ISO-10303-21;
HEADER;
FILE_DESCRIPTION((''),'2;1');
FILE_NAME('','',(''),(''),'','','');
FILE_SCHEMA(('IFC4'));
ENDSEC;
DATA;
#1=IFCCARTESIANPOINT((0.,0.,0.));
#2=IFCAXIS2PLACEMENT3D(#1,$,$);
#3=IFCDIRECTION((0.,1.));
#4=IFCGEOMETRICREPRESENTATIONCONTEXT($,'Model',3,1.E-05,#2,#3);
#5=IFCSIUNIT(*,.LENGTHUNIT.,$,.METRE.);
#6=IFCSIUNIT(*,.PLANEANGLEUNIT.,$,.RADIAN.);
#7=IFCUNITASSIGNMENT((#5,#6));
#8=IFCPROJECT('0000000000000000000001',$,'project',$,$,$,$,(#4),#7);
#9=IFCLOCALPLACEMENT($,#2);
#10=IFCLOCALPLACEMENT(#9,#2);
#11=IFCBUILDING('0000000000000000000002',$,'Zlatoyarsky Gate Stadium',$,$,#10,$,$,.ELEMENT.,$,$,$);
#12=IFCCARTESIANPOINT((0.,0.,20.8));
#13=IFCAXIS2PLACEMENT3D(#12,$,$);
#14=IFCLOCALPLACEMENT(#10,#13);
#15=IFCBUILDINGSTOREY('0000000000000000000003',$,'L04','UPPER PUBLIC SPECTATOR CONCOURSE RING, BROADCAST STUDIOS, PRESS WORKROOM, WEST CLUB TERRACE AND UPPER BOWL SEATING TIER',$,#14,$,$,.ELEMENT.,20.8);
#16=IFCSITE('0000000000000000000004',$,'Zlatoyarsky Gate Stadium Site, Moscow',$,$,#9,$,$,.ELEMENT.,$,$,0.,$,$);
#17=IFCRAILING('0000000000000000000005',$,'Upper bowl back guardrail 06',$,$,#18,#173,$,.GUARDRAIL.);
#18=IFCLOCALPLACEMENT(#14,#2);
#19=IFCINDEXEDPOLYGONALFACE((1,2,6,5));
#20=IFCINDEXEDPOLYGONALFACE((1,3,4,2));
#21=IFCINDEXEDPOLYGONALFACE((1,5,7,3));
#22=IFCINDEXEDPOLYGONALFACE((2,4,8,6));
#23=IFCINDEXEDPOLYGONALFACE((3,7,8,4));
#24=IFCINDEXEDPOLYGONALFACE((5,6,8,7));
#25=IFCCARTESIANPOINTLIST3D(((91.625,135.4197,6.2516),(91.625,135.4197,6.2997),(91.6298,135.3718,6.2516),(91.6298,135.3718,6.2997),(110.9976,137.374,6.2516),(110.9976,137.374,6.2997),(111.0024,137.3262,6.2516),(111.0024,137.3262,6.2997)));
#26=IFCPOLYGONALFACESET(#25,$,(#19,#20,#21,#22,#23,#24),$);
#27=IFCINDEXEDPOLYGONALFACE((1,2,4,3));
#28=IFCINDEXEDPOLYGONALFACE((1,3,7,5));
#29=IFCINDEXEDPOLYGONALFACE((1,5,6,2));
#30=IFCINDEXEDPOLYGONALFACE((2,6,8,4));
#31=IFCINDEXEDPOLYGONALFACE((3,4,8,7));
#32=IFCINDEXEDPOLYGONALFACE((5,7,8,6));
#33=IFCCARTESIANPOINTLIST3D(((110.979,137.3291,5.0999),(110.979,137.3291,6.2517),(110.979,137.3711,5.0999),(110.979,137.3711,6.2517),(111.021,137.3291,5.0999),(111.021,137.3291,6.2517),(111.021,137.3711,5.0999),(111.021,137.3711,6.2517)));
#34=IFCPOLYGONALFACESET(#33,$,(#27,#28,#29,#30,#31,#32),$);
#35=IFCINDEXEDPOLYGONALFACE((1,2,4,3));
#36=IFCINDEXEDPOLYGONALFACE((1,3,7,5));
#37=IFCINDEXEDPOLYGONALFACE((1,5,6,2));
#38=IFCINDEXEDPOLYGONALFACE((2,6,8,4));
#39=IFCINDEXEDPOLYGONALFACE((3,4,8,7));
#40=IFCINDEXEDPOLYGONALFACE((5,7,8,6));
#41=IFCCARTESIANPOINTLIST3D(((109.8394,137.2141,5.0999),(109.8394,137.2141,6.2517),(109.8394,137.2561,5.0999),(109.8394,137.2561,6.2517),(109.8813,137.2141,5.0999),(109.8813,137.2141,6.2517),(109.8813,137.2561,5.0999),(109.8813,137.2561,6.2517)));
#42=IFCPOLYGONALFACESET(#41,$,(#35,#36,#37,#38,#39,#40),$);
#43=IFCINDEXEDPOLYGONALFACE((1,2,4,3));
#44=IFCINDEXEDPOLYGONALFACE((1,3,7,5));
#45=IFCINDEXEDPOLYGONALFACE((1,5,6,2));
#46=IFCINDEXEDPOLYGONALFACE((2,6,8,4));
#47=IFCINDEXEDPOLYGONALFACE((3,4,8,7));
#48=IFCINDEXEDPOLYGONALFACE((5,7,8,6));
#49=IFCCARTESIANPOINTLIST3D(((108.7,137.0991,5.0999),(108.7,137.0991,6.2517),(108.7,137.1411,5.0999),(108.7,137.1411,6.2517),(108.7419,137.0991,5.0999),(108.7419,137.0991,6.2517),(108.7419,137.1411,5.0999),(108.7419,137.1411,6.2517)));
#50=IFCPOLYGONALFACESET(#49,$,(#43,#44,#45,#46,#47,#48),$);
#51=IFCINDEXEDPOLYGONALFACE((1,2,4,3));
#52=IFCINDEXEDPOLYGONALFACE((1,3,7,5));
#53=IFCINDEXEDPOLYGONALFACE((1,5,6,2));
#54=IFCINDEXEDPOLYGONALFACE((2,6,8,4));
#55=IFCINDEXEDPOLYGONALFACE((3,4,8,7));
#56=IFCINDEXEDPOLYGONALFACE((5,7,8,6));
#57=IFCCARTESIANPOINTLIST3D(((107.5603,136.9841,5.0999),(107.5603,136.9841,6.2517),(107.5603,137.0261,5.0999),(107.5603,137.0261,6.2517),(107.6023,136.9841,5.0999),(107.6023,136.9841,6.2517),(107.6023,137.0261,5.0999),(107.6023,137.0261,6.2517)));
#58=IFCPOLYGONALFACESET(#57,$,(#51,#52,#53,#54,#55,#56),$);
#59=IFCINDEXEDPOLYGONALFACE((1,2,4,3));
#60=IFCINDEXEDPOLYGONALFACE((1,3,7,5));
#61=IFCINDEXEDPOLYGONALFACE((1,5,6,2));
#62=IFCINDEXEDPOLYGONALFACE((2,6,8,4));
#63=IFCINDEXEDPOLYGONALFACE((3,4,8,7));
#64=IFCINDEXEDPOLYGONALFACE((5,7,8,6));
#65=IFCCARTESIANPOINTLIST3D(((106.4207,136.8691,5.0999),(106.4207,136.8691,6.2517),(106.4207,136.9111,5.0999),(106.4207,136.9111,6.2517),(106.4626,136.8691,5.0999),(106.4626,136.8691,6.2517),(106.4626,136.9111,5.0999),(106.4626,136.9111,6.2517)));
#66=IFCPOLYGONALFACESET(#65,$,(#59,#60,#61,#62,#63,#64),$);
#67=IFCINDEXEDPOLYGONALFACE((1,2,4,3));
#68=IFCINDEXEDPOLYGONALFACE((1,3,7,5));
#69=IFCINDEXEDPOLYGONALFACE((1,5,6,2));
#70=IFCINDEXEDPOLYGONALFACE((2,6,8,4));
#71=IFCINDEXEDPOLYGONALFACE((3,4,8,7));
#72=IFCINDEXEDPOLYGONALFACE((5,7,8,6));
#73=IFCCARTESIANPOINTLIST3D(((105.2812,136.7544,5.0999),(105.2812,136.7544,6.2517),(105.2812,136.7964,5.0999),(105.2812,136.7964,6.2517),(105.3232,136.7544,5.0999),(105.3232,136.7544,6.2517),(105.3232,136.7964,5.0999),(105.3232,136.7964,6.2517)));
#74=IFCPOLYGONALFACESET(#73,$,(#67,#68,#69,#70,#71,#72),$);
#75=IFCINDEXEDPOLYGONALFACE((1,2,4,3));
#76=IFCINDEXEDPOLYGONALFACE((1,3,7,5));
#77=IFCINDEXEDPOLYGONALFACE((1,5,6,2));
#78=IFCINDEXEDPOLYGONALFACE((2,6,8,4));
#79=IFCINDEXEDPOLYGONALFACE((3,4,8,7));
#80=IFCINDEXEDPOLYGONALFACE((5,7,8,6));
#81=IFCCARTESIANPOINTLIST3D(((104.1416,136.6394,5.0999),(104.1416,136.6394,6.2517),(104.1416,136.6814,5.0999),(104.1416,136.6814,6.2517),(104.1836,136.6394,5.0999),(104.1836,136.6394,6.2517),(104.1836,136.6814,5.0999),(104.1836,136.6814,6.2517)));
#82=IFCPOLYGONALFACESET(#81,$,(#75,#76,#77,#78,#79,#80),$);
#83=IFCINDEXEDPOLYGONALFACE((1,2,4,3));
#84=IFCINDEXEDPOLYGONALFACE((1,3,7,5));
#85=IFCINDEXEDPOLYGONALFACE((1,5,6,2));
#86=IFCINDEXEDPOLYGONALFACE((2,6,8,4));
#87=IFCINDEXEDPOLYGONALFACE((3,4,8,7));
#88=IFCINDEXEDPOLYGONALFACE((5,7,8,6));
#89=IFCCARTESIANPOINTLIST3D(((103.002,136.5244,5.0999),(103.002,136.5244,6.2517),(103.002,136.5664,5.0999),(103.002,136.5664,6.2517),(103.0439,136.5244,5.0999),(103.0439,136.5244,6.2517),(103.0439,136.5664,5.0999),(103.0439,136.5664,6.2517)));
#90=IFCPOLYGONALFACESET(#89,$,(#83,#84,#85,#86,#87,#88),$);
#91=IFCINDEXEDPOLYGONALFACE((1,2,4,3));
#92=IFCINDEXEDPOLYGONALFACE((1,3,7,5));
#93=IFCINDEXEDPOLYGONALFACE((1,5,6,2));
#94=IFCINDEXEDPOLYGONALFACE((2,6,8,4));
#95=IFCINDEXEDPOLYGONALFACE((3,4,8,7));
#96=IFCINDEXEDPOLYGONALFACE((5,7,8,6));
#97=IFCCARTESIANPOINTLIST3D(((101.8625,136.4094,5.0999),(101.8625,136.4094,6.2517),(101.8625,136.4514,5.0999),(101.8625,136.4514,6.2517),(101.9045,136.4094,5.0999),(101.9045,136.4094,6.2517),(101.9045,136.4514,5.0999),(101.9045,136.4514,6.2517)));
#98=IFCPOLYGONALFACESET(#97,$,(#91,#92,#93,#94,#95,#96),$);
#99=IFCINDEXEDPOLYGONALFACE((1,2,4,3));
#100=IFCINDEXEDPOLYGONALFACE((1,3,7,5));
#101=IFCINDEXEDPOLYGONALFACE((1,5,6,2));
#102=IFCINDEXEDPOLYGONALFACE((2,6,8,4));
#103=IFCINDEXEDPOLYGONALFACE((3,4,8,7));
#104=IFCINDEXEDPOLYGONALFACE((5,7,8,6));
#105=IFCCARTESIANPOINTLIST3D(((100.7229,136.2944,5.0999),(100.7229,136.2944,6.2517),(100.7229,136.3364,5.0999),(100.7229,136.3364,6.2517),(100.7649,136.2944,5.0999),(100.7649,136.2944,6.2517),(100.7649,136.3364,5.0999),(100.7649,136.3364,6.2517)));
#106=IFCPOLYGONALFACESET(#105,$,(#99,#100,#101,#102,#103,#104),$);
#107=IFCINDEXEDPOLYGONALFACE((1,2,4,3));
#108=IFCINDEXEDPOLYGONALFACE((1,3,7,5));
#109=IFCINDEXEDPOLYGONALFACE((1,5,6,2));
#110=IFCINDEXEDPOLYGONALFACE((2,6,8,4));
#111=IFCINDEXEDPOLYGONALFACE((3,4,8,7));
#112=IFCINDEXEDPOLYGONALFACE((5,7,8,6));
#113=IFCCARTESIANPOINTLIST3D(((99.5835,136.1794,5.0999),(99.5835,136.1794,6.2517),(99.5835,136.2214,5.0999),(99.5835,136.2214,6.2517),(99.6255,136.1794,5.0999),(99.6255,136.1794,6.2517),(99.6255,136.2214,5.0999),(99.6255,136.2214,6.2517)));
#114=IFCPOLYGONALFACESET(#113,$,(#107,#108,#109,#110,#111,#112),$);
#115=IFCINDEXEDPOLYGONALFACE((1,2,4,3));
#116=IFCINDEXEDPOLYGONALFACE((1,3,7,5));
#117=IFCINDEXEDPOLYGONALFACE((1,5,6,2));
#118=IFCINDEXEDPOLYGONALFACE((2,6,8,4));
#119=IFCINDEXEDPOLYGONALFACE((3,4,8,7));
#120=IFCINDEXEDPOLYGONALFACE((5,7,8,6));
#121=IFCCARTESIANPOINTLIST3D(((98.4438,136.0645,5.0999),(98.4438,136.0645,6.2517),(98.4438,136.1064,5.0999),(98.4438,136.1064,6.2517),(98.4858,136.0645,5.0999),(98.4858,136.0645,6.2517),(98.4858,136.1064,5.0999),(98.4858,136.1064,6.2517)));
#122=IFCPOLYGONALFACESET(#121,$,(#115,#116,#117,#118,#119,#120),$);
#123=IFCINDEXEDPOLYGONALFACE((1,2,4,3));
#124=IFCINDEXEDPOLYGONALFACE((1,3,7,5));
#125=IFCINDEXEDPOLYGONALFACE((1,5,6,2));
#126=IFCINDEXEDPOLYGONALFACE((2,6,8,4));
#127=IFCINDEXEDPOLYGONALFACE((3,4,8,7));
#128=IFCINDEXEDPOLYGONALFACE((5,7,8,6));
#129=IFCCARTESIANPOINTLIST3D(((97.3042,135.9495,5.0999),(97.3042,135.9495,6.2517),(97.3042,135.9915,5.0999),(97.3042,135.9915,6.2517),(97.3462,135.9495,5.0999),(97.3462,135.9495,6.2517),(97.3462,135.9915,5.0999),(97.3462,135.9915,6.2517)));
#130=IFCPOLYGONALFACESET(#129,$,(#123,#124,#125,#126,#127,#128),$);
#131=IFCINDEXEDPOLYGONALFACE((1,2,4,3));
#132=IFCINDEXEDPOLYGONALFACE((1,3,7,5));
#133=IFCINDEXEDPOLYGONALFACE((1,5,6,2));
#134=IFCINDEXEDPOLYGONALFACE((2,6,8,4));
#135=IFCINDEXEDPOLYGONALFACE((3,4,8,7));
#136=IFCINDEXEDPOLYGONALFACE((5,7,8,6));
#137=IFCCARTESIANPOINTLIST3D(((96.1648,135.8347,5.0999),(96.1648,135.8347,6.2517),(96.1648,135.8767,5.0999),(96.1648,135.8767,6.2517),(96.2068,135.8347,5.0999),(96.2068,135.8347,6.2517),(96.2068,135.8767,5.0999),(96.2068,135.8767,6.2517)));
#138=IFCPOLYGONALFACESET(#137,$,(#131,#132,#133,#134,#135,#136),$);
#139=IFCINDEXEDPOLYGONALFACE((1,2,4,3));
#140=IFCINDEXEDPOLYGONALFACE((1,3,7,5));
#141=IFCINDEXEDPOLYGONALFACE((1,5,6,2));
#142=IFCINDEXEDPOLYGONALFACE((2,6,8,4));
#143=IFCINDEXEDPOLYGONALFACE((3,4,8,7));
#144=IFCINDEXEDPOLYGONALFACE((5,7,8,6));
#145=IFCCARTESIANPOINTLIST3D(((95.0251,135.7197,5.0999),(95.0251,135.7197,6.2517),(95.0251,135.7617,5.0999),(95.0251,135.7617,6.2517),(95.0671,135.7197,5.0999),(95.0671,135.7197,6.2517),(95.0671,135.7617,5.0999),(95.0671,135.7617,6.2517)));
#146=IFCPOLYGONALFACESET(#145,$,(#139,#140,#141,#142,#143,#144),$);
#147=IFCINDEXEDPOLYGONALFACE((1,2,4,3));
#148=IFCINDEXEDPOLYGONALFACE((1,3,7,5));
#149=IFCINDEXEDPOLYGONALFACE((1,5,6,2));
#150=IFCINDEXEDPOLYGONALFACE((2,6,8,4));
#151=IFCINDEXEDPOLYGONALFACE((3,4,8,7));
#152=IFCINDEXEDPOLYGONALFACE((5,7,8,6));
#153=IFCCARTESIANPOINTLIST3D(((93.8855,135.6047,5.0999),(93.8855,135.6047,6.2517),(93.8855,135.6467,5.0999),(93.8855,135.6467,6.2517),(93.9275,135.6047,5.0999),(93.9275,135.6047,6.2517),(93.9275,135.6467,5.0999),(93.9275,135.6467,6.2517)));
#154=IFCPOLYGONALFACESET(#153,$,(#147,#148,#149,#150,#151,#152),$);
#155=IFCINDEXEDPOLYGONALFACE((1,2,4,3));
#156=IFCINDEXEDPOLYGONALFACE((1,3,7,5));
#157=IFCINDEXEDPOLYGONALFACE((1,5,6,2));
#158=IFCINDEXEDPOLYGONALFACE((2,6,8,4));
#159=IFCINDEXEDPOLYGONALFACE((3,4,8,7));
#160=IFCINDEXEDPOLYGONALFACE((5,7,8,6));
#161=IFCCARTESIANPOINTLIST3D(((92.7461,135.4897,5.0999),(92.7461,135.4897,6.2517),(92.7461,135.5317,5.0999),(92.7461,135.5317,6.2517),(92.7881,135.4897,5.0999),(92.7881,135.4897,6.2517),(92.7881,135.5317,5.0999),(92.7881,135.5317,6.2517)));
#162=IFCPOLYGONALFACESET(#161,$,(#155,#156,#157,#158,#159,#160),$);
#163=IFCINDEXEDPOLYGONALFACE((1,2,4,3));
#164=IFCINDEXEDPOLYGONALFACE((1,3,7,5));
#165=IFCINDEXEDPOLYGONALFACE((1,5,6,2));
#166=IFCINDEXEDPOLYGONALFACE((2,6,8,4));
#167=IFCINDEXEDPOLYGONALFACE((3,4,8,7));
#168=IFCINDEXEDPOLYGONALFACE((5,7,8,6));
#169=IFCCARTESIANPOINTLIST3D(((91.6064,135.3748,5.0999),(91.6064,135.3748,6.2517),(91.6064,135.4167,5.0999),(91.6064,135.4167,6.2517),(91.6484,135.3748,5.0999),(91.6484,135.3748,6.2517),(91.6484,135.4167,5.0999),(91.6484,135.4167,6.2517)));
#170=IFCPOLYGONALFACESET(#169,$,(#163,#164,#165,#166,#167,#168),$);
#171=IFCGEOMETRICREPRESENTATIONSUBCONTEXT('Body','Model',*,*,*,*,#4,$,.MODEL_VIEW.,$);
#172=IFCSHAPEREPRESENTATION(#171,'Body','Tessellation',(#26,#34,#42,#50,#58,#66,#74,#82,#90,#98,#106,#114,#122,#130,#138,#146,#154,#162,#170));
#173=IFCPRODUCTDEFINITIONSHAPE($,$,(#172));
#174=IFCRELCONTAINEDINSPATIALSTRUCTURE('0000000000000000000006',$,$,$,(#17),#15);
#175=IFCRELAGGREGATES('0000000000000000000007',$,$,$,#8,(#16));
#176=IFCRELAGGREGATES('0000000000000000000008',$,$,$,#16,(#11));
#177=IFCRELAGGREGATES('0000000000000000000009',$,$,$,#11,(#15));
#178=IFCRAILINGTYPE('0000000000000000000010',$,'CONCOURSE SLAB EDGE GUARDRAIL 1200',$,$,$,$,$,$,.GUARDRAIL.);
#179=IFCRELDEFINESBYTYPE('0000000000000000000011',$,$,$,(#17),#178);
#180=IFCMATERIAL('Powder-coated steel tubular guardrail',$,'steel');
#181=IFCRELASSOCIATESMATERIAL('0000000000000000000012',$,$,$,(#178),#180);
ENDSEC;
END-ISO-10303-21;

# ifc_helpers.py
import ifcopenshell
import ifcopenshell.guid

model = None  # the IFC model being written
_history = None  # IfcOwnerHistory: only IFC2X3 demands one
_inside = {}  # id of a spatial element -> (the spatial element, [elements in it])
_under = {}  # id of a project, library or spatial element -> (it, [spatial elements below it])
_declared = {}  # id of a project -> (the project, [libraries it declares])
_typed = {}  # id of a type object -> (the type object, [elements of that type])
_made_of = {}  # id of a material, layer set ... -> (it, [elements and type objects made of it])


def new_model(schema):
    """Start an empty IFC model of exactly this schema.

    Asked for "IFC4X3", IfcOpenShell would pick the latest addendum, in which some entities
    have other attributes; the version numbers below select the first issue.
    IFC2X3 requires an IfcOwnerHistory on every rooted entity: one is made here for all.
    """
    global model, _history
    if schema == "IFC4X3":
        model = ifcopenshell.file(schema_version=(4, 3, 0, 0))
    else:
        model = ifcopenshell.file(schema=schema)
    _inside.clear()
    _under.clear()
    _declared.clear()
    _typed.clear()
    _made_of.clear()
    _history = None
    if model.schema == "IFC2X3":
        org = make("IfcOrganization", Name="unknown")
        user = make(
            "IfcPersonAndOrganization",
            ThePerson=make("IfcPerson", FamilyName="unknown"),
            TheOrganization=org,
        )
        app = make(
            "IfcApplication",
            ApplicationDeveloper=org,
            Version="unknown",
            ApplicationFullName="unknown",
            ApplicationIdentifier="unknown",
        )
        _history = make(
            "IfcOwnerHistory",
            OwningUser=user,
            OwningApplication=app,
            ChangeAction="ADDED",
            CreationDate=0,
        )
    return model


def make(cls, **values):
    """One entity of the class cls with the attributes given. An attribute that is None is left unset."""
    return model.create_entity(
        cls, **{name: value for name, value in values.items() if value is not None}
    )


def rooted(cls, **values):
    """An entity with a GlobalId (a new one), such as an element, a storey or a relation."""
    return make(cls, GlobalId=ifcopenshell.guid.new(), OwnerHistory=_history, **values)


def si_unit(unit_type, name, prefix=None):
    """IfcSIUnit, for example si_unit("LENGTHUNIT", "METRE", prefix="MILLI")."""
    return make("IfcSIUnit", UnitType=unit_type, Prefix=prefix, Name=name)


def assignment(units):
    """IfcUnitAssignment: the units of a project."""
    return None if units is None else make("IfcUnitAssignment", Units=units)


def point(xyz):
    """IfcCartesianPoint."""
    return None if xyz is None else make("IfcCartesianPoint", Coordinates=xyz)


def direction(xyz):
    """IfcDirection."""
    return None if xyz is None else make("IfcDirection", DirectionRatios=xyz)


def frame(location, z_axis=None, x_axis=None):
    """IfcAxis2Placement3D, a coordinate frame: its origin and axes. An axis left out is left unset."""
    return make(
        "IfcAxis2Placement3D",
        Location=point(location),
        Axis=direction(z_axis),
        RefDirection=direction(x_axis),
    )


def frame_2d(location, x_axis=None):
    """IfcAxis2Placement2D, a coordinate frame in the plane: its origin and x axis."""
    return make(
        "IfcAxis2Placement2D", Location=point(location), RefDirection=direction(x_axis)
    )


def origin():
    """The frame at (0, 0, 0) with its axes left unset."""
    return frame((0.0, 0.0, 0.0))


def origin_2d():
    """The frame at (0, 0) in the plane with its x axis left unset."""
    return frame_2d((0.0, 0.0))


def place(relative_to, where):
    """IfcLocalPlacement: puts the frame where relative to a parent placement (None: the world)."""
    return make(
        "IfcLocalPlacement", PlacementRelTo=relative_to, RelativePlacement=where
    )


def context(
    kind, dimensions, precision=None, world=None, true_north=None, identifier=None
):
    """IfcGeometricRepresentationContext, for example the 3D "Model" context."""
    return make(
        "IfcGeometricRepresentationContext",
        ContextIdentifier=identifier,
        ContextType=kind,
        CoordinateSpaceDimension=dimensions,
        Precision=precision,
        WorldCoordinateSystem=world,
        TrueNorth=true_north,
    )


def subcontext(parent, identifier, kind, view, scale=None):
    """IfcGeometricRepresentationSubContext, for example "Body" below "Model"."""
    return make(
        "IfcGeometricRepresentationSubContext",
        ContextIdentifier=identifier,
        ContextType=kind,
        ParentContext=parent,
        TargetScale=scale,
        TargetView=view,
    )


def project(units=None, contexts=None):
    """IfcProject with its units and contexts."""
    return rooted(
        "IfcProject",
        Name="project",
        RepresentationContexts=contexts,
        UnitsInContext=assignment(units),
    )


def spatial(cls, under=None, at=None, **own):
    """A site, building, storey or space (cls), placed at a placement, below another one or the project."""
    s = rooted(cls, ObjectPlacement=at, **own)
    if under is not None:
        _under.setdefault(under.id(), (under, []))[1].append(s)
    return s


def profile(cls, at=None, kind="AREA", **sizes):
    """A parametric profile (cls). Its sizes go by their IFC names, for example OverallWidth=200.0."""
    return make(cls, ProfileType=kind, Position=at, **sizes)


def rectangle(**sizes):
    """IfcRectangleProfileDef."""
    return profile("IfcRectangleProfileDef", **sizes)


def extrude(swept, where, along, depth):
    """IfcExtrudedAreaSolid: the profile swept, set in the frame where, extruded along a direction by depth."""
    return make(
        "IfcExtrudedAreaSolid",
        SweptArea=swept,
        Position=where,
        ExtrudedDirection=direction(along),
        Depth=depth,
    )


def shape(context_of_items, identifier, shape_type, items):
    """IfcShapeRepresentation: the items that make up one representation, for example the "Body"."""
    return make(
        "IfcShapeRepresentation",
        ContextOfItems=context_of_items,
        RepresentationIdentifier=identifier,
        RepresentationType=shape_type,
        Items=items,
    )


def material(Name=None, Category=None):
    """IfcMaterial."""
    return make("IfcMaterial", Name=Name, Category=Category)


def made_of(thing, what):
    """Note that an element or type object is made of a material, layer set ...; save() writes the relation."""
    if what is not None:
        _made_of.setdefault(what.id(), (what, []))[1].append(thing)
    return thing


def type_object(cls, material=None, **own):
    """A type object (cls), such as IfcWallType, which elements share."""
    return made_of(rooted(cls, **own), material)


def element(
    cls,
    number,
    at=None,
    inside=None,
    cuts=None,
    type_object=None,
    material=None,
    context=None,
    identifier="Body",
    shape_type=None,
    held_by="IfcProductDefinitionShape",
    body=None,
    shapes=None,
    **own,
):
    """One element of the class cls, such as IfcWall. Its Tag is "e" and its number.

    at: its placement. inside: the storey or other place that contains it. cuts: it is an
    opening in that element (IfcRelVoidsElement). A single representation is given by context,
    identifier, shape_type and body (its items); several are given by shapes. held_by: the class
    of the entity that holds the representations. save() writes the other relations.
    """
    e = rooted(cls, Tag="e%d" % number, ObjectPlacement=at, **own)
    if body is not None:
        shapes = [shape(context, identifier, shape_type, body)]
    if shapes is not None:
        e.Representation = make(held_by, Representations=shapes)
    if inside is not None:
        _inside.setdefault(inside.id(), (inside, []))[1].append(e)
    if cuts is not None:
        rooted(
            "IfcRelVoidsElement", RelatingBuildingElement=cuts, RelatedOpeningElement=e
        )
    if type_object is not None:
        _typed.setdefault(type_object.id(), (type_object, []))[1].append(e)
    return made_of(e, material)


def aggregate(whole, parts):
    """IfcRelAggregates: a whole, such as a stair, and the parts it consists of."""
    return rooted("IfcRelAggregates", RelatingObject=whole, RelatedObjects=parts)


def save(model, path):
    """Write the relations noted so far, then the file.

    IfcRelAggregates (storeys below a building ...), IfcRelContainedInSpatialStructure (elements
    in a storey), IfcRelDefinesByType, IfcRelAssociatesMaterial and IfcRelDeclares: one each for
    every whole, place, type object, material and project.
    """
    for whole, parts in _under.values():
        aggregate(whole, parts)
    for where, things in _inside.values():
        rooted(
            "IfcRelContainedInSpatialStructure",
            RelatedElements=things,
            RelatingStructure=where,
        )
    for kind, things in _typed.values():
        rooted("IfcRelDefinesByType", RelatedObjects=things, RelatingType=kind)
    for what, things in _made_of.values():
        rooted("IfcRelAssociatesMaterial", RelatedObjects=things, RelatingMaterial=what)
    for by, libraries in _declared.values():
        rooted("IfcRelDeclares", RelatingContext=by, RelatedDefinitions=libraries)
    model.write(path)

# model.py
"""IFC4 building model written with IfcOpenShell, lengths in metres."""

from ifc_helpers import new_model, si_unit, direction, frame, origin, origin_2d, place, context, subcontext, project, spatial, rectangle, extrude, material, type_object, element, save


model = new_model("IFC4")

# Units and contexts
model_context = context("Model", 3, precision=1e-05, world=origin(), true_north=direction((0.0, 1.0)))
body_context = subcontext(model_context, "Body", "Model", "MODEL_VIEW")
ifc_project = project(units=[si_unit("LENGTHUNIT", "METRE"), si_unit("PLANEANGLEUNIT", "RADIAN")], contexts=[model_context])

# Site, building, storey
site_placement = place(None, origin())
site = spatial("IfcSite", under=ifc_project, at=site_placement, Name="Zlatoyarsky Gate Stadium Site, Moscow", CompositionType="ELEMENT", RefElevation=0.0)
building_placement = place(site_placement, origin())
building = spatial("IfcBuilding", under=site, at=building_placement, Name="Zlatoyarsky Gate Stadium", CompositionType="ELEMENT")
storey_placement = place(building_placement, frame((0.0, 0.0, 20.8)))
storey = spatial("IfcBuildingStorey", under=building, at=storey_placement, Name="L04", Description="UPPER PUBLIC SPECTATOR CONCOURSE RING, BROADCAST STUDIOS, PRESS WORKROOM, WEST CLUB TERRACE AND UPPER BOWL SEATING TIER", CompositionType="ELEMENT", Elevation=20.8)

# Railing
ifc_material_1 = material(Name="Powder-coated steel tubular guardrail", Category="steel")
railing_type_1 = type_object("IfcRailingType", Name="CONCOURSE SLAB EDGE GUARDRAIL 1200", PredefinedType="GUARDRAIL", material=ifc_material_1)
railing_1_placement = place(storey_placement, frame((111.0, 137.3501, 5.0999)))
element("IfcRailing", 1, at=railing_1_placement, inside=storey, type_object=railing_type_1, Name="Upper bowl back guardrail 06", PredefinedType="GUARDRAIL", context=body_context, shape_type="SweptSolid", body=[
    extrude(rectangle(XDim=0.0481, YDim=0.0481, at=origin_2d()), frame((0.0, 0.0, 1.1758), z_axis=(-0.99495, -0.100373, 0.0), x_axis=(0.100373, -0.99495, 0.0)), (0.0, 0.0, 1.0), 19.4709),
    extrude(rectangle(XDim=0.042, YDim=0.042, at=origin_2d()), origin(), (0.0, 0.0, 1.0), 1.1519),
    extrude(rectangle(XDim=0.042, YDim=0.042, at=origin_2d()), frame((-1.1396, -0.115, 0.0)), (0.0, 0.0, 1.0), 1.1519),
    extrude(rectangle(XDim=0.042, YDim=0.042, at=origin_2d()), frame((-2.2791, -0.23, 0.0)), (0.0, 0.0, 1.0), 1.1519),
    extrude(rectangle(XDim=0.042, YDim=0.042, at=origin_2d()), frame((-3.4187, -0.345, 0.0)), (0.0, 0.0, 1.0), 1.1519),
    extrude(rectangle(XDim=0.042, YDim=0.042, at=origin_2d()), frame((-4.5583, -0.46, 0.0)), (0.0, 0.0, 1.0), 1.1519),
    extrude(rectangle(XDim=0.042, YDim=0.042, at=origin_2d()), frame((-5.6978, -0.5747, 0.0)), (0.0, 0.0, 1.0), 1.1519),
    extrude(rectangle(XDim=0.042, YDim=0.042, at=origin_2d()), frame((-6.8374, -0.6897, 0.0)), (0.0, 0.0, 1.0), 1.1519),
    extrude(rectangle(XDim=0.042, YDim=0.042, at=origin_2d()), frame((-7.9771, -0.8047, 0.0)), (0.0, 0.0, 1.0), 1.1519),
    extrude(rectangle(XDim=0.042, YDim=0.042, at=origin_2d()), frame((-9.1165, -0.9197, 0.0)), (0.0, 0.0, 1.0), 1.1519),
    extrude(rectangle(XDim=0.042, YDim=0.042, at=origin_2d()), frame((-10.2561, -1.0347, 0.0)), (0.0, 0.0, 1.0), 1.1519),
    extrude(rectangle(XDim=0.042, YDim=0.042, at=origin_2d()), frame((-11.3955, -1.1497, 0.0)), (0.0, 0.0, 1.0), 1.1519),
    extrude(rectangle(XDim=0.042, YDim=0.042, at=origin_2d()), frame((-12.5352, -1.2646, 0.0)), (0.0, 0.0, 1.0), 1.1519),
    extrude(rectangle(XDim=0.042, YDim=0.042, at=origin_2d()), frame((-13.6748, -1.3796, 0.0)), (0.0, 0.0, 1.0), 1.1519),
    extrude(rectangle(XDim=0.042, YDim=0.042, at=origin_2d()), frame((-14.8142, -1.4944, 0.0)), (0.0, 0.0, 1.0), 1.1519),
    extrude(rectangle(XDim=0.042, YDim=0.042, at=origin_2d()), frame((-15.9539, -1.6094, 0.0)), (0.0, 0.0, 1.0), 1.1519),
    extrude(rectangle(XDim=0.042, YDim=0.042, at=origin_2d()), frame((-17.0935, -1.7244, 0.0)), (0.0, 0.0, 1.0), 1.1519),
    extrude(rectangle(XDim=0.042, YDim=0.042, at=origin_2d()), frame((-18.2329, -1.8394, 0.0)), (0.0, 0.0, 1.0), 1.1519),
    extrude(rectangle(XDim=0.042, YDim=0.042, at=origin_2d()), frame((-19.3726, -1.9543, 0.0)), (0.0, 0.0, 1.0), 1.1519),
])

save(model, "model.ifc")
